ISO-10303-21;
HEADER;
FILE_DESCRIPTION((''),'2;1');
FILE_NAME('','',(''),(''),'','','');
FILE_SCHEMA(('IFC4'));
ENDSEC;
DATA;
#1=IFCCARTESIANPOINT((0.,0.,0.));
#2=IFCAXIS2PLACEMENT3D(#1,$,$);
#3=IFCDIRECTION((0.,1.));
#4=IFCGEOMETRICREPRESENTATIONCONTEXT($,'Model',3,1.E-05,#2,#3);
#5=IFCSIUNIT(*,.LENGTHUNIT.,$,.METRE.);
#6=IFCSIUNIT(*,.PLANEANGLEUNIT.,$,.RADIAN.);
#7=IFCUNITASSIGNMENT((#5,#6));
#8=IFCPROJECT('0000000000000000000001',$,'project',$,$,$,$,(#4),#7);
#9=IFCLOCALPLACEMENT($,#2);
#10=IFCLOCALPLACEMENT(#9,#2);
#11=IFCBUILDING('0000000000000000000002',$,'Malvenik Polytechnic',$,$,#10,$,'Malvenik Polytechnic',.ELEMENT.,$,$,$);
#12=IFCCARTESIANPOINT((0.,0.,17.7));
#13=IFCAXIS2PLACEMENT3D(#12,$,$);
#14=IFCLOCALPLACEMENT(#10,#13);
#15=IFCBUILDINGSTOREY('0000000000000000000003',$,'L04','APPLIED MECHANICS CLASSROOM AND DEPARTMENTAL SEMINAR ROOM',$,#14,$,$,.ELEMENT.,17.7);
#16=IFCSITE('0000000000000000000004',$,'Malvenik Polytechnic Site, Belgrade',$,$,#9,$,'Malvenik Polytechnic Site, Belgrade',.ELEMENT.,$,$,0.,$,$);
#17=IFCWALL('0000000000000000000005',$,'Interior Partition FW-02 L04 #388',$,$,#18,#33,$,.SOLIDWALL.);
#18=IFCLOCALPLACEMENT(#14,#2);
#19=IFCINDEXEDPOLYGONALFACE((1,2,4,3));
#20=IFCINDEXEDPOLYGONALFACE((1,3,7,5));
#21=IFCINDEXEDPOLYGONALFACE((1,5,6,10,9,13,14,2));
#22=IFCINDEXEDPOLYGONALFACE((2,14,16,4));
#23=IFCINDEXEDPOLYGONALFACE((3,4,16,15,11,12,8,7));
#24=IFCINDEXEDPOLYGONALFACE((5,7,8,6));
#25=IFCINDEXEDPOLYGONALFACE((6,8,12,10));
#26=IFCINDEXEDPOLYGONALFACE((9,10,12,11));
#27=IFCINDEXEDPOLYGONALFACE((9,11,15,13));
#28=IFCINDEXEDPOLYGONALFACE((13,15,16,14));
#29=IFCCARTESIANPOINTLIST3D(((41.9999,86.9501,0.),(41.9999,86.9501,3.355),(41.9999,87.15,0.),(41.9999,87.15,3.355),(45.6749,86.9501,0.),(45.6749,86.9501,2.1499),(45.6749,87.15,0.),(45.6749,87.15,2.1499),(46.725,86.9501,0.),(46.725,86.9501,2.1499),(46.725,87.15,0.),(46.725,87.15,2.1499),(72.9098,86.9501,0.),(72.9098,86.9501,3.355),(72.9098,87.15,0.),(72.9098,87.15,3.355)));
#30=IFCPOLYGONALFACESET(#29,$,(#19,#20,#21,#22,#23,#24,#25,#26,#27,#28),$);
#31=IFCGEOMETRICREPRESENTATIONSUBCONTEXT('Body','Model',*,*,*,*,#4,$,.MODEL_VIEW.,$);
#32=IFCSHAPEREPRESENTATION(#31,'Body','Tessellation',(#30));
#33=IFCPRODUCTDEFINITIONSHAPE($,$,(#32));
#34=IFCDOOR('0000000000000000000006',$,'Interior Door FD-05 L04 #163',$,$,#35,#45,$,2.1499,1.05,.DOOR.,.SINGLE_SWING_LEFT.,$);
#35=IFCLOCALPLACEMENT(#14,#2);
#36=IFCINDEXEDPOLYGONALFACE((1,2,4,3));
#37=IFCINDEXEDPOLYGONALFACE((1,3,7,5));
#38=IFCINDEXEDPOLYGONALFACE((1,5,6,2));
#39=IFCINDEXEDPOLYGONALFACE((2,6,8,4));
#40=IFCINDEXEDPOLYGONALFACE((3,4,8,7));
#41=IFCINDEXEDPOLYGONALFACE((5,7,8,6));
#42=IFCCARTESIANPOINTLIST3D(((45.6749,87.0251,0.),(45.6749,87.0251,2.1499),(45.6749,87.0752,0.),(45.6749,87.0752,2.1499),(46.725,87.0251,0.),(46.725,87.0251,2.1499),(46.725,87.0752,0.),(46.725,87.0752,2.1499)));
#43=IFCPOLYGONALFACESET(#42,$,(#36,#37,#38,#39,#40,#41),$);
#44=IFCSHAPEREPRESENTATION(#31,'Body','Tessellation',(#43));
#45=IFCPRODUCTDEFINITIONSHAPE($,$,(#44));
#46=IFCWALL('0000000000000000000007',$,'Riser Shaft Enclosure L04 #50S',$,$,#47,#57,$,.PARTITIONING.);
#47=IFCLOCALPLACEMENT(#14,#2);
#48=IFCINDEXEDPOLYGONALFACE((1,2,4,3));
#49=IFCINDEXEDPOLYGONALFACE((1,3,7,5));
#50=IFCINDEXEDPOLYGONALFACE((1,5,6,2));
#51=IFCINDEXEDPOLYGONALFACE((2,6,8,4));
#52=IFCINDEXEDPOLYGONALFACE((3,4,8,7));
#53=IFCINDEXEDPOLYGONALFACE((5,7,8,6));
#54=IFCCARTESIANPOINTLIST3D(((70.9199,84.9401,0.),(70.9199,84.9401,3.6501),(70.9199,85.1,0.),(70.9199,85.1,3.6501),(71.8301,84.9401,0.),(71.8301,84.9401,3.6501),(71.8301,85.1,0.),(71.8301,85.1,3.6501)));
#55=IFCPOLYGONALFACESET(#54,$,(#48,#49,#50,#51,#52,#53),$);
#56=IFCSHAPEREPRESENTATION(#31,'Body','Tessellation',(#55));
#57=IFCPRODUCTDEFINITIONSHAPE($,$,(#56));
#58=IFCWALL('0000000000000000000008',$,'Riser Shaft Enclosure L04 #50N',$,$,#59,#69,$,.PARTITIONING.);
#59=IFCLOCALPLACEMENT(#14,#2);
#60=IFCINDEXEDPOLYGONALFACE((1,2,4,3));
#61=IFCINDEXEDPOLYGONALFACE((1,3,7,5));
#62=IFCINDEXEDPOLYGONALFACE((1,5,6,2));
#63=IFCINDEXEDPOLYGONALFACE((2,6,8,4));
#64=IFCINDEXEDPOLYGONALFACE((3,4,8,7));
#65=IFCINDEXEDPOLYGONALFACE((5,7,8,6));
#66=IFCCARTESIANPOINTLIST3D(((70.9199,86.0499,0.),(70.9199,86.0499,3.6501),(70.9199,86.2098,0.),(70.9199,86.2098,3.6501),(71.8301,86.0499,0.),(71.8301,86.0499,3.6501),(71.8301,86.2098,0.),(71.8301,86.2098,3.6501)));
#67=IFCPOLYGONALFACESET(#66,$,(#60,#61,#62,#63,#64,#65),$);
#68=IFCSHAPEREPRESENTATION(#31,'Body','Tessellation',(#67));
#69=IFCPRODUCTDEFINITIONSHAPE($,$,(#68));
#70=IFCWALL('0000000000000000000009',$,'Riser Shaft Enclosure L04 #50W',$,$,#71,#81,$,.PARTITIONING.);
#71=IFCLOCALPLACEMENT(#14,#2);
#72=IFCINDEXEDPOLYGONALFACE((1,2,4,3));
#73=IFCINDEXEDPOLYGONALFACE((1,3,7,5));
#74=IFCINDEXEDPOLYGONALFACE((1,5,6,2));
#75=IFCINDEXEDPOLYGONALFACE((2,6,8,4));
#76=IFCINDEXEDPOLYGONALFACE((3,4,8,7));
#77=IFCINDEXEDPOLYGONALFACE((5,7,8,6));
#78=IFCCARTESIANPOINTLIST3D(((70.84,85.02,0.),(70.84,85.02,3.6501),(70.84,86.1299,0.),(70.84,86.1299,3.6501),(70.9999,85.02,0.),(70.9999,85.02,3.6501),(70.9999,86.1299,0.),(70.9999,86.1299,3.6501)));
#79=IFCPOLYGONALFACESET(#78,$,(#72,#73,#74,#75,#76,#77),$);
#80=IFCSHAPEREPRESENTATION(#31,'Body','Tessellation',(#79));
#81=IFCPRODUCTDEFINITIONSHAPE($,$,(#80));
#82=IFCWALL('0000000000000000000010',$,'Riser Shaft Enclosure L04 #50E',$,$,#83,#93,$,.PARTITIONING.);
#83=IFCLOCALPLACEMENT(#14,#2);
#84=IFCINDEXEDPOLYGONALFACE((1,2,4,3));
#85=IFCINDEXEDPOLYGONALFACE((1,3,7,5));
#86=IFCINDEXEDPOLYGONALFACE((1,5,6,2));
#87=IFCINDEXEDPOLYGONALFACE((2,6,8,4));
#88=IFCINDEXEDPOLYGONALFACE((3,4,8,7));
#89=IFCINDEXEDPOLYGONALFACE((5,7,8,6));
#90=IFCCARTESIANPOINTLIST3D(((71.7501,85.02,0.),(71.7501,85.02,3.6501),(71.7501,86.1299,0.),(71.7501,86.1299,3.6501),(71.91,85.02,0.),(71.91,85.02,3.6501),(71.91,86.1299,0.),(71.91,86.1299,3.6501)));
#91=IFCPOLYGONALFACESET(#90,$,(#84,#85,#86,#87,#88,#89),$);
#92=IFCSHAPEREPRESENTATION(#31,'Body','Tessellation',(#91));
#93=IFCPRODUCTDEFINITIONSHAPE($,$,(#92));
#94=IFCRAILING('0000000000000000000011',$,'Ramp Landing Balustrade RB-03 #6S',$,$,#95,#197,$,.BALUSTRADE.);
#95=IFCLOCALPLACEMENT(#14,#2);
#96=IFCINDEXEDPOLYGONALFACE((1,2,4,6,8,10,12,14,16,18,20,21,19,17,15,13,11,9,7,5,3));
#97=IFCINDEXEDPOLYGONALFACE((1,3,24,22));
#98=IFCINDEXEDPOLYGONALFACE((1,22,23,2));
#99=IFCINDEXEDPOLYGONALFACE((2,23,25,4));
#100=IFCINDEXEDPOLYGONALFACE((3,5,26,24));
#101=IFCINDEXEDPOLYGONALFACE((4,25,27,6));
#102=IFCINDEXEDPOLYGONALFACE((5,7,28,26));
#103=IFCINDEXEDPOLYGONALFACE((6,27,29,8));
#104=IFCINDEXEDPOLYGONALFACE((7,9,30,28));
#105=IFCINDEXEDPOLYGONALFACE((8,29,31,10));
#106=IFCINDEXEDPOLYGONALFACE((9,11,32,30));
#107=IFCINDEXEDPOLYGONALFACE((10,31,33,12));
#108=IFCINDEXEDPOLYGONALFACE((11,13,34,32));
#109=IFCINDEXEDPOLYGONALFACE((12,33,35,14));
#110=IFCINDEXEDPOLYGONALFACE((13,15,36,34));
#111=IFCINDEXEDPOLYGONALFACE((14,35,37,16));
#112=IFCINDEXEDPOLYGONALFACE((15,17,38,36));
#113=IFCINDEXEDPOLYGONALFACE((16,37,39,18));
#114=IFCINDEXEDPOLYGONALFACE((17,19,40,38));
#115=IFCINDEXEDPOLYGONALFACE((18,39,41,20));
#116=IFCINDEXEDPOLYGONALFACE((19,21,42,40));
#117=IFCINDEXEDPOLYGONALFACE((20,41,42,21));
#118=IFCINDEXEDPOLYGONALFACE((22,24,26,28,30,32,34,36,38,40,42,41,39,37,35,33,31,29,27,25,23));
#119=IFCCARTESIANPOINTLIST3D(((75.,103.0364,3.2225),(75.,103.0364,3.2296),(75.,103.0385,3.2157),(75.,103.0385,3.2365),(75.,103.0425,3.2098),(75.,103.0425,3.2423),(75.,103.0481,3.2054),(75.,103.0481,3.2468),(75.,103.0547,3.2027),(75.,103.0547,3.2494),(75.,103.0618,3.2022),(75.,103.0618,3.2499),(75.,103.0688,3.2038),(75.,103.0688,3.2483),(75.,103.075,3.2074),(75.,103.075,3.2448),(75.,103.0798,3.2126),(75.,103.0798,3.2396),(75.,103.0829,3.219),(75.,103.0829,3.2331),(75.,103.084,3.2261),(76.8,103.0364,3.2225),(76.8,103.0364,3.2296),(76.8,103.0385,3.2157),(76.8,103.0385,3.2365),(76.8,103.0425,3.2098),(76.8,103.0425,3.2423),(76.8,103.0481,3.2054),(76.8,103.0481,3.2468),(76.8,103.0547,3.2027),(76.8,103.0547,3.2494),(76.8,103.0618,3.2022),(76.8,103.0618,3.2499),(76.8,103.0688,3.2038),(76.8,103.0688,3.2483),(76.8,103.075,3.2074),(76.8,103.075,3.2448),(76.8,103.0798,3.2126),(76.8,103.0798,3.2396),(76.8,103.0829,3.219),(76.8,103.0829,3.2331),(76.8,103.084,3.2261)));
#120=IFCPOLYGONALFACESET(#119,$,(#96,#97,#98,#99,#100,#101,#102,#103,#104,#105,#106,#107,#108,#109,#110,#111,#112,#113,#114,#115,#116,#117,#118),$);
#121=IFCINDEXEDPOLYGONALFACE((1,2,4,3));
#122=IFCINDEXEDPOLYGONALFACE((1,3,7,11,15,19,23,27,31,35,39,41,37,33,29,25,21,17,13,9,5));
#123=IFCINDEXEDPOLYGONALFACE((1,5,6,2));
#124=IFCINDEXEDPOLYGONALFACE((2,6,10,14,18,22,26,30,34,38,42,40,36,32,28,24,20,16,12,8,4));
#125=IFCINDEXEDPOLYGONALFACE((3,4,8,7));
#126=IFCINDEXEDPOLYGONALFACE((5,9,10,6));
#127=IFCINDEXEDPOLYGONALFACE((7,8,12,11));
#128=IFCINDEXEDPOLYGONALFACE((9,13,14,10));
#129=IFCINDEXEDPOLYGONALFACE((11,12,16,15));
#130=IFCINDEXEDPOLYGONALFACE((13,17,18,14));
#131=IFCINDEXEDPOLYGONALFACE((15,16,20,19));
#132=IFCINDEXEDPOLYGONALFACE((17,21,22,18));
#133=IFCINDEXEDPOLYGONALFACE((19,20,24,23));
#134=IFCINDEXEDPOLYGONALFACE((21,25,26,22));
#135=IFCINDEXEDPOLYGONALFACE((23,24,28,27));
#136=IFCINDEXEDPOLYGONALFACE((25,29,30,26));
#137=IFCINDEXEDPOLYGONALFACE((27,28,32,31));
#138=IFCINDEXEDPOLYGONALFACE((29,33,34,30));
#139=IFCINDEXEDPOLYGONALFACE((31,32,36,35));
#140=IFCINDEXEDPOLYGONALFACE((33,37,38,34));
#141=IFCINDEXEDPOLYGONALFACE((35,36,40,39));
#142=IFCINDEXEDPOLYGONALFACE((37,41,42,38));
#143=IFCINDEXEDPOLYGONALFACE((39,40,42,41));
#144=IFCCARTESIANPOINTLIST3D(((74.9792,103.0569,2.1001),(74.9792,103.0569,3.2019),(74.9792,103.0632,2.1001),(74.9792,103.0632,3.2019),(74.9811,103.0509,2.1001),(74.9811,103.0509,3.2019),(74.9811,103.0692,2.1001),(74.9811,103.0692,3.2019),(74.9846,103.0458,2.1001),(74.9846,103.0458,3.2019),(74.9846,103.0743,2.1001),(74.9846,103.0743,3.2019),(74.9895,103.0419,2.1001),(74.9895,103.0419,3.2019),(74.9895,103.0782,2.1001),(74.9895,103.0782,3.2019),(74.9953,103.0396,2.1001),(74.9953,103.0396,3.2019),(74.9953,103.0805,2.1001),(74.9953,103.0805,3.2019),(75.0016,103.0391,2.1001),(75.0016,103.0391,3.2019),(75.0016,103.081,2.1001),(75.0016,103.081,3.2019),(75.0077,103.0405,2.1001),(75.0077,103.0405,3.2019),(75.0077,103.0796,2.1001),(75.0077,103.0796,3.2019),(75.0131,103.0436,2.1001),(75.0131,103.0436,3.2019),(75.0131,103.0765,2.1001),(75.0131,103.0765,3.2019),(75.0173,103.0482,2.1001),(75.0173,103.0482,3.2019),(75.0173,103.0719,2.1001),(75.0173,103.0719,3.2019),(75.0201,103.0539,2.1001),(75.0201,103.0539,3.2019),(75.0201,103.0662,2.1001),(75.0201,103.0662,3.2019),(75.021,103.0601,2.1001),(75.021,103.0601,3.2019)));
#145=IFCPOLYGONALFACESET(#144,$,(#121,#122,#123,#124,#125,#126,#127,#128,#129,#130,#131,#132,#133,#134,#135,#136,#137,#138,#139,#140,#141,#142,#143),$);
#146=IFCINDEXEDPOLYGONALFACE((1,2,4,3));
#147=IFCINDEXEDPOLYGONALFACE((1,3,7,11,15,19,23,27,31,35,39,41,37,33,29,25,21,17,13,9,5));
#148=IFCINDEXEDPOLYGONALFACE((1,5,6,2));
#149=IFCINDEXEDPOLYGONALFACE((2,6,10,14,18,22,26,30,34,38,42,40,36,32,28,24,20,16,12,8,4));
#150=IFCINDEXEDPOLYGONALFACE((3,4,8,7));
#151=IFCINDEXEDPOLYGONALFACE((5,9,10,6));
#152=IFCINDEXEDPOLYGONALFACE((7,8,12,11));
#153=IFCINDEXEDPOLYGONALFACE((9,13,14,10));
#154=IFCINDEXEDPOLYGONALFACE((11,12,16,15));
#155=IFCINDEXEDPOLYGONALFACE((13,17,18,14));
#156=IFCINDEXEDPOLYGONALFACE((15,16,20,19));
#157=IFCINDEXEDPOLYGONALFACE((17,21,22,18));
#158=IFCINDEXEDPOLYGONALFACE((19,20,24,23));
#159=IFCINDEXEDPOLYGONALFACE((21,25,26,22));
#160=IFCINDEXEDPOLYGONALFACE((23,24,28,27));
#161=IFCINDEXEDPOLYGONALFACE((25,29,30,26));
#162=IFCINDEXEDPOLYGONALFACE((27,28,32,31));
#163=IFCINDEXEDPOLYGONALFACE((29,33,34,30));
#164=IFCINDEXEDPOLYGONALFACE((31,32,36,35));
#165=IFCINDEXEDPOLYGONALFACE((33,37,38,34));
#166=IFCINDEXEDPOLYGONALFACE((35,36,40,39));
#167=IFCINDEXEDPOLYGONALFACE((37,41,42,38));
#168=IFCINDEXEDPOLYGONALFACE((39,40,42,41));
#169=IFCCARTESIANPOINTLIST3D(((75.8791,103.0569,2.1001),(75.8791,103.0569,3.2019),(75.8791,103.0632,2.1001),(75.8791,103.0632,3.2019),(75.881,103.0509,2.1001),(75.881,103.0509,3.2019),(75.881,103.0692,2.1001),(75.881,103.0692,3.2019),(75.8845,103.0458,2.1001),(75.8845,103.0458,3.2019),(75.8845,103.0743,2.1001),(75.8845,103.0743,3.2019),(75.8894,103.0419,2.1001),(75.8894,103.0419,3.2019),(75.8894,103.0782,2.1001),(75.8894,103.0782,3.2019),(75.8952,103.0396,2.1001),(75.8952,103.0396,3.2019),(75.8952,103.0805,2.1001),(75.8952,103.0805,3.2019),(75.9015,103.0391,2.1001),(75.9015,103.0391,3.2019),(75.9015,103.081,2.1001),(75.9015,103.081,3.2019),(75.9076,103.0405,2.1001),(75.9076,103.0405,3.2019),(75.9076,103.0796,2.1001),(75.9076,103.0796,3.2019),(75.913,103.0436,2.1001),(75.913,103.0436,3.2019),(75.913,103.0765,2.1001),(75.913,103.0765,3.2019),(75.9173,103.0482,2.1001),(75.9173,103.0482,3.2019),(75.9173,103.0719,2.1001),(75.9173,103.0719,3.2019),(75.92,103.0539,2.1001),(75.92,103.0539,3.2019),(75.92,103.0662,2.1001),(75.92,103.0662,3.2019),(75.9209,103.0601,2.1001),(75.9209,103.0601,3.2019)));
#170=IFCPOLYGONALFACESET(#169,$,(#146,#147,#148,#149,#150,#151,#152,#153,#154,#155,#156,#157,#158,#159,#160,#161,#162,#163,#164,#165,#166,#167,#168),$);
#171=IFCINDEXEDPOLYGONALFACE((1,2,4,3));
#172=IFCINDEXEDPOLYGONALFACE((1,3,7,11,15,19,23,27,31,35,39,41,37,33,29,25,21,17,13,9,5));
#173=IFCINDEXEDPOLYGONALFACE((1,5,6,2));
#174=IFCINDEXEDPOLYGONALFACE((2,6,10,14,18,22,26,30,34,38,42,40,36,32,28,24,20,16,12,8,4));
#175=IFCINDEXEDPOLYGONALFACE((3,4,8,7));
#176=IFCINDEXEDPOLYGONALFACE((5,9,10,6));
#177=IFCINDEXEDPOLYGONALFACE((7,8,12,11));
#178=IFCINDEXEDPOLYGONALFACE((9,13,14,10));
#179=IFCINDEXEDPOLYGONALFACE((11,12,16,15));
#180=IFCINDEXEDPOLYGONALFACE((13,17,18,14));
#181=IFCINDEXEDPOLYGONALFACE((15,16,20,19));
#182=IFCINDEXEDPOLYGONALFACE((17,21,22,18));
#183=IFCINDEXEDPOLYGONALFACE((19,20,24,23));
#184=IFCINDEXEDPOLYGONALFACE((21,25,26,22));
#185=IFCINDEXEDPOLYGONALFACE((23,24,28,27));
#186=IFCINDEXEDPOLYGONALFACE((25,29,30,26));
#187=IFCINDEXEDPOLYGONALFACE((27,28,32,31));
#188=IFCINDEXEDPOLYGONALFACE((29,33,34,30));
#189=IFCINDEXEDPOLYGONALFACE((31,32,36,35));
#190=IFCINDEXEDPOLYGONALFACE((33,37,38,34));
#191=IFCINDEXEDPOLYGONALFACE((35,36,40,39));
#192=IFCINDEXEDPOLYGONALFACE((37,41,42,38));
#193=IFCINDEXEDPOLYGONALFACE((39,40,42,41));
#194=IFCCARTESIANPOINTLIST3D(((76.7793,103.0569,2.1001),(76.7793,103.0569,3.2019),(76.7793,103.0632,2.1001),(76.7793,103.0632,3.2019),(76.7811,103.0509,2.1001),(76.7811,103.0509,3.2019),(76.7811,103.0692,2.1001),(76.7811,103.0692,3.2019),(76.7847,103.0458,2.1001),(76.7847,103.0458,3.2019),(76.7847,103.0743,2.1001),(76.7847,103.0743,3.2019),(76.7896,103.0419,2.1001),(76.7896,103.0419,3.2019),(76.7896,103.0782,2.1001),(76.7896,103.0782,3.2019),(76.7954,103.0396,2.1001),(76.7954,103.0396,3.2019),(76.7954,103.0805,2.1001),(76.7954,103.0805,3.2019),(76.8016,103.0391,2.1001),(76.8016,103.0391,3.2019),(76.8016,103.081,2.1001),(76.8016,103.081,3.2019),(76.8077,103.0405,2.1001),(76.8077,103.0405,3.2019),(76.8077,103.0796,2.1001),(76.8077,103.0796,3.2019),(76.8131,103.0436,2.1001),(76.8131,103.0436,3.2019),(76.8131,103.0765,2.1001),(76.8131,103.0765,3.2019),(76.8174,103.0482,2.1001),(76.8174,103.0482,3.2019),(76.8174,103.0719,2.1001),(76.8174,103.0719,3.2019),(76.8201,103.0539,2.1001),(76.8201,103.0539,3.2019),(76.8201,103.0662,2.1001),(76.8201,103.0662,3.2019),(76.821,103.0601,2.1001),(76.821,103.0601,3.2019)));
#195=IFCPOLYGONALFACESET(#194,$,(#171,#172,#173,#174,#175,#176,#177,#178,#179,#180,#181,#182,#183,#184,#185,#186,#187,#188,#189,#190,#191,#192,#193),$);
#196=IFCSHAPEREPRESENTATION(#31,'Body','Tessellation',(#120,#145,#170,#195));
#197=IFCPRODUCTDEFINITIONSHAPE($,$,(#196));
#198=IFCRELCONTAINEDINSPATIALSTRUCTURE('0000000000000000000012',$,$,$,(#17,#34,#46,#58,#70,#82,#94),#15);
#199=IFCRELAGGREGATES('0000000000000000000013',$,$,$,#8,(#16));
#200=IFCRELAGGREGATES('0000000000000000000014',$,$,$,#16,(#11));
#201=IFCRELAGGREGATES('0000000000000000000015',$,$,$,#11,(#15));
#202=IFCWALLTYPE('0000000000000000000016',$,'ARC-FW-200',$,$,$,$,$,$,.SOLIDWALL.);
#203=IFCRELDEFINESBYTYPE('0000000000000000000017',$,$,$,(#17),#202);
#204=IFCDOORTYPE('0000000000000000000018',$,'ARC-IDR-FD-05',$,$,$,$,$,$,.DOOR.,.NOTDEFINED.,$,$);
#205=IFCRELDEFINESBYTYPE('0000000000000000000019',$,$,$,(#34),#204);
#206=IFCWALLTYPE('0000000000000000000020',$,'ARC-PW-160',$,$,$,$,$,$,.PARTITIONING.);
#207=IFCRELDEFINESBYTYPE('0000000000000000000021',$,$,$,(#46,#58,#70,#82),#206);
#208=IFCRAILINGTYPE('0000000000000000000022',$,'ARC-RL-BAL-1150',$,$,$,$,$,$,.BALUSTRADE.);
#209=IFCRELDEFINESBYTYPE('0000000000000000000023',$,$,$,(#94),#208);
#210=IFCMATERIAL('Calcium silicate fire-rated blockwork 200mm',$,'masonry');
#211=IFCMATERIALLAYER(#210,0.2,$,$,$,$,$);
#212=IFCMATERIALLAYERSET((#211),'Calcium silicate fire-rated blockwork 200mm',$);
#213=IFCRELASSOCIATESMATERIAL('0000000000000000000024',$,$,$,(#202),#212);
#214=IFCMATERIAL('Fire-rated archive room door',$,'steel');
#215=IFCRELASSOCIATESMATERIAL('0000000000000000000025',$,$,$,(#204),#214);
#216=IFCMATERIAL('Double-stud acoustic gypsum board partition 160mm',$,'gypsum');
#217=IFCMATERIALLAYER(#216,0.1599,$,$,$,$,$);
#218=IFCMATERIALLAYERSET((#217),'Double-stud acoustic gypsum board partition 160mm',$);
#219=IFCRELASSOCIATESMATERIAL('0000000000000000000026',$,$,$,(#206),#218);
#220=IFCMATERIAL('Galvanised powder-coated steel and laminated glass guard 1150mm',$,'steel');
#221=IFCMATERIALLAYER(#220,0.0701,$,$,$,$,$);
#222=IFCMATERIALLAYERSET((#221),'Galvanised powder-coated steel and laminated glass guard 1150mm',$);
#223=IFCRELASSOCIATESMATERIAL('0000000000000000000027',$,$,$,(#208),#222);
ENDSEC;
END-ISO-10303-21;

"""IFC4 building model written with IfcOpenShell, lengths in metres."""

from ifc_helpers import new_model, si_unit, direction, frame, frame_2d, origin, origin_2d, place, context, subcontext, project, spatial, rectangle, circle, extrude, material, layer, layer_set, type_object, element, fill, save


model = new_model("IFC4")

# Units and contexts
model_context = context("Model", 3, precision=1e-05, world=origin(), true_north=direction((0.0, 1.0)))
body_context = subcontext(model_context, "Body", "Model", "MODEL_VIEW")
ifc_project = project(units=[si_unit("LENGTHUNIT", "METRE"), si_unit("PLANEANGLEUNIT", "RADIAN")], contexts=[model_context])

# Site, building, storey
site_placement = place(None, origin())
site = spatial("IfcSite", under=ifc_project, at=site_placement, Name="Malvenik Polytechnic Site, Belgrade", LongName="Malvenik Polytechnic Site, Belgrade", CompositionType="ELEMENT", RefElevation=0.0)
building_placement = place(site_placement, origin())
building = spatial("IfcBuilding", under=site, at=building_placement, Name="Malvenik Polytechnic", LongName="Malvenik Polytechnic", CompositionType="ELEMENT")
storey_placement = place(building_placement, frame((0.0, 0.0, 17.7)))
storey = spatial("IfcBuildingStorey", under=building, at=storey_placement, Name="L04", Description="APPLIED MECHANICS CLASSROOM AND DEPARTMENTAL SEMINAR ROOM", CompositionType="ELEMENT", Elevation=17.7)

# Wall, opening, door
ifc_material_1 = material(Name="Calcium silicate fire-rated blockwork 200mm", Category="masonry")
ifc_layer_1 = layer(ifc_material_1, 0.2)
ifc_layer_set_1 = layer_set([ifc_layer_1], Name="Calcium silicate fire-rated blockwork 200mm")
wall_type_1 = type_object("IfcWallType", Name="ARC-FW-200", PredefinedType="SOLIDWALL", material=ifc_layer_set_1)
wall_1_placement = place(storey_placement, frame((72.9099, 87.05, 0.0), z_axis=(0.0, 0.0, 1.0), x_axis=(-1.0, 0.0, 0.0)))
wall_1 = element("IfcWall", 1, at=wall_1_placement, inside=storey, type_object=wall_type_1, Name="Interior Partition FW-02 L04 #388", PredefinedType="SOLIDWALL", context=body_context, shape_type="SweptSolid", body=[
    extrude(rectangle(XDim=30.9099, YDim=0.2, at=frame_2d((15.4551, 0.0))), origin(), (0.0, 0.0, 1.0), 3.355),
])
opening_1_placement = place(wall_1_placement, frame((26.1851, 0.0, 0.0)))
opening_1 = element("IfcOpeningElement", 2, at=opening_1_placement, cuts=wall_1, PredefinedType="OPENING", context=body_context, shape_type="SweptSolid", body=[
    extrude(rectangle(XDim=1.05, YDim=2.1499, at=frame_2d((0.5249, 1.075))), frame((0.0, 0.1099, 0.0), z_axis=(0.0, -1.0, 0.0), x_axis=(1.0, 0.0, 0.0)), (0.0, 0.0, 1.0), 0.22),
])
ifc_material_2 = material(Name="Fire-rated archive room door", Category="steel")
door_type_1 = type_object("IfcDoorType", Name="ARC-IDR-FD-05", OperationType="NOTDEFINED", PredefinedType="DOOR", material=ifc_material_2)
door_1_placement = place(opening_1_placement, origin())
door_1 = element("IfcDoor", 3, at=door_1_placement, inside=storey, type_object=door_type_1, Name="Interior Door FD-05 L04 #163", OperationType="SINGLE_SWING_LEFT", OverallHeight=2.1499, OverallWidth=1.05, PredefinedType="DOOR", context=body_context, shape_type="SweptSolid", body=[
    extrude(rectangle(XDim=1.05, YDim=2.1499, at=frame_2d((0.5249, 1.075))), frame((0.0, 0.0249, 0.0), z_axis=(0.0, -1.0, 0.0), x_axis=(1.0, 0.0, 0.0)), (0.0, 0.0, 1.0), 0.05),
])
fill(opening_1, door_1)

# Walls
ifc_material_3 = material(Name="Double-stud acoustic gypsum board partition 160mm", Category="gypsum")
ifc_layer_2 = layer(ifc_material_3, 0.1599)
ifc_layer_set_2 = layer_set([ifc_layer_2], Name="Double-stud acoustic gypsum board partition 160mm")
wall_type_2 = type_object("IfcWallType", Name="ARC-PW-160", PredefinedType="PARTITIONING", material=ifc_layer_set_2)
for number, where, z_axis, x_axis, name in (
    (4, (70.9199, 85.02, 0.0), (0.0, 0.0, 1.0), (1.0, 0.0, 0.0), "Riser Shaft Enclosure L04 #50S"),
    (5, (71.8301, 86.1299, 0.0), (0.0, 0.0, 1.0), (-1.0, 0.0, 0.0), "Riser Shaft Enclosure L04 #50N"),
):
    element("IfcWall", number, at=place(storey_placement, frame(where, z_axis=z_axis, x_axis=x_axis)), inside=storey, type_object=wall_type_2, Name=name, PredefinedType="PARTITIONING", context=body_context, shape_type="SweptSolid", body=[
        extrude(rectangle(XDim=0.9102, YDim=0.1599, at=frame_2d((0.4551, 0.0))), origin(), (0.0, 0.0, 1.0), 3.6501),
    ])
for number, where, z_axis, x_axis, name in (
    (6, (70.9199, 86.1299, 0.0), (0.0, 0.0, 1.0), (0.0, -1.0, 0.0), "Riser Shaft Enclosure L04 #50W"),
    (7, (71.8301, 85.02, 0.0), (0.0, 0.0, 1.0), (0.0, 1.0, 0.0), "Riser Shaft Enclosure L04 #50E"),
):
    element("IfcWall", number, at=place(storey_placement, frame(where, z_axis=z_axis, x_axis=x_axis)), inside=storey, type_object=wall_type_2, Name=name, PredefinedType="PARTITIONING", context=body_context, shape_type="SweptSolid", body=[
        extrude(rectangle(XDim=1.1099, YDim=0.1599, at=frame_2d((0.5549, 0.0))), origin(), (0.0, 0.0, 1.0), 3.6501),
    ])

# Railing
ifc_material_4 = material(Name="Galvanised powder-coated steel and laminated glass guard 1150mm", Category="steel")
ifc_layer_3 = layer(ifc_material_4, 0.0701)
ifc_layer_set_3 = layer_set([ifc_layer_3], Name="Galvanised powder-coated steel and laminated glass guard 1150mm")
railing_type_1 = type_object("IfcRailingType", Name="ARC-RL-BAL-1150", PredefinedType="BALUSTRADE", material=ifc_layer_set_3)
railing_1_placement = place(storey_placement, frame((75.0, 103.0601, 2.1001)))
element("IfcRailing", 8, at=railing_1_placement, inside=storey, type_object=railing_type_1, Name="Ramp Landing Balustrade RB-03 #6S", PredefinedType="BALUSTRADE", context=body_context, shape_type="SweptSolid", body=[
    extrude(circle(Radius=0.0239, at=origin_2d()), frame((0.0, 0.0, 1.126), z_axis=(1.0, 0.0, 0.0), x_axis=(0.0, 1.0, 0.0)), (0.0, 0.0, 1.0), 1.8),
    extrude(circle(Radius=0.021, at=origin_2d()), origin(), (0.0, 0.0, 1.0), 1.1018),
    extrude(circle(Radius=0.021, at=origin_2d()), frame((0.8999, 0.0, 0.0)), (0.0, 0.0, 1.0), 1.1018),
    extrude(circle(Radius=0.021, at=origin_2d()), frame((1.8, 0.0, 0.0)), (0.0, 0.0, 1.0), 1.1018),
])

save(model, "model.ifc")
